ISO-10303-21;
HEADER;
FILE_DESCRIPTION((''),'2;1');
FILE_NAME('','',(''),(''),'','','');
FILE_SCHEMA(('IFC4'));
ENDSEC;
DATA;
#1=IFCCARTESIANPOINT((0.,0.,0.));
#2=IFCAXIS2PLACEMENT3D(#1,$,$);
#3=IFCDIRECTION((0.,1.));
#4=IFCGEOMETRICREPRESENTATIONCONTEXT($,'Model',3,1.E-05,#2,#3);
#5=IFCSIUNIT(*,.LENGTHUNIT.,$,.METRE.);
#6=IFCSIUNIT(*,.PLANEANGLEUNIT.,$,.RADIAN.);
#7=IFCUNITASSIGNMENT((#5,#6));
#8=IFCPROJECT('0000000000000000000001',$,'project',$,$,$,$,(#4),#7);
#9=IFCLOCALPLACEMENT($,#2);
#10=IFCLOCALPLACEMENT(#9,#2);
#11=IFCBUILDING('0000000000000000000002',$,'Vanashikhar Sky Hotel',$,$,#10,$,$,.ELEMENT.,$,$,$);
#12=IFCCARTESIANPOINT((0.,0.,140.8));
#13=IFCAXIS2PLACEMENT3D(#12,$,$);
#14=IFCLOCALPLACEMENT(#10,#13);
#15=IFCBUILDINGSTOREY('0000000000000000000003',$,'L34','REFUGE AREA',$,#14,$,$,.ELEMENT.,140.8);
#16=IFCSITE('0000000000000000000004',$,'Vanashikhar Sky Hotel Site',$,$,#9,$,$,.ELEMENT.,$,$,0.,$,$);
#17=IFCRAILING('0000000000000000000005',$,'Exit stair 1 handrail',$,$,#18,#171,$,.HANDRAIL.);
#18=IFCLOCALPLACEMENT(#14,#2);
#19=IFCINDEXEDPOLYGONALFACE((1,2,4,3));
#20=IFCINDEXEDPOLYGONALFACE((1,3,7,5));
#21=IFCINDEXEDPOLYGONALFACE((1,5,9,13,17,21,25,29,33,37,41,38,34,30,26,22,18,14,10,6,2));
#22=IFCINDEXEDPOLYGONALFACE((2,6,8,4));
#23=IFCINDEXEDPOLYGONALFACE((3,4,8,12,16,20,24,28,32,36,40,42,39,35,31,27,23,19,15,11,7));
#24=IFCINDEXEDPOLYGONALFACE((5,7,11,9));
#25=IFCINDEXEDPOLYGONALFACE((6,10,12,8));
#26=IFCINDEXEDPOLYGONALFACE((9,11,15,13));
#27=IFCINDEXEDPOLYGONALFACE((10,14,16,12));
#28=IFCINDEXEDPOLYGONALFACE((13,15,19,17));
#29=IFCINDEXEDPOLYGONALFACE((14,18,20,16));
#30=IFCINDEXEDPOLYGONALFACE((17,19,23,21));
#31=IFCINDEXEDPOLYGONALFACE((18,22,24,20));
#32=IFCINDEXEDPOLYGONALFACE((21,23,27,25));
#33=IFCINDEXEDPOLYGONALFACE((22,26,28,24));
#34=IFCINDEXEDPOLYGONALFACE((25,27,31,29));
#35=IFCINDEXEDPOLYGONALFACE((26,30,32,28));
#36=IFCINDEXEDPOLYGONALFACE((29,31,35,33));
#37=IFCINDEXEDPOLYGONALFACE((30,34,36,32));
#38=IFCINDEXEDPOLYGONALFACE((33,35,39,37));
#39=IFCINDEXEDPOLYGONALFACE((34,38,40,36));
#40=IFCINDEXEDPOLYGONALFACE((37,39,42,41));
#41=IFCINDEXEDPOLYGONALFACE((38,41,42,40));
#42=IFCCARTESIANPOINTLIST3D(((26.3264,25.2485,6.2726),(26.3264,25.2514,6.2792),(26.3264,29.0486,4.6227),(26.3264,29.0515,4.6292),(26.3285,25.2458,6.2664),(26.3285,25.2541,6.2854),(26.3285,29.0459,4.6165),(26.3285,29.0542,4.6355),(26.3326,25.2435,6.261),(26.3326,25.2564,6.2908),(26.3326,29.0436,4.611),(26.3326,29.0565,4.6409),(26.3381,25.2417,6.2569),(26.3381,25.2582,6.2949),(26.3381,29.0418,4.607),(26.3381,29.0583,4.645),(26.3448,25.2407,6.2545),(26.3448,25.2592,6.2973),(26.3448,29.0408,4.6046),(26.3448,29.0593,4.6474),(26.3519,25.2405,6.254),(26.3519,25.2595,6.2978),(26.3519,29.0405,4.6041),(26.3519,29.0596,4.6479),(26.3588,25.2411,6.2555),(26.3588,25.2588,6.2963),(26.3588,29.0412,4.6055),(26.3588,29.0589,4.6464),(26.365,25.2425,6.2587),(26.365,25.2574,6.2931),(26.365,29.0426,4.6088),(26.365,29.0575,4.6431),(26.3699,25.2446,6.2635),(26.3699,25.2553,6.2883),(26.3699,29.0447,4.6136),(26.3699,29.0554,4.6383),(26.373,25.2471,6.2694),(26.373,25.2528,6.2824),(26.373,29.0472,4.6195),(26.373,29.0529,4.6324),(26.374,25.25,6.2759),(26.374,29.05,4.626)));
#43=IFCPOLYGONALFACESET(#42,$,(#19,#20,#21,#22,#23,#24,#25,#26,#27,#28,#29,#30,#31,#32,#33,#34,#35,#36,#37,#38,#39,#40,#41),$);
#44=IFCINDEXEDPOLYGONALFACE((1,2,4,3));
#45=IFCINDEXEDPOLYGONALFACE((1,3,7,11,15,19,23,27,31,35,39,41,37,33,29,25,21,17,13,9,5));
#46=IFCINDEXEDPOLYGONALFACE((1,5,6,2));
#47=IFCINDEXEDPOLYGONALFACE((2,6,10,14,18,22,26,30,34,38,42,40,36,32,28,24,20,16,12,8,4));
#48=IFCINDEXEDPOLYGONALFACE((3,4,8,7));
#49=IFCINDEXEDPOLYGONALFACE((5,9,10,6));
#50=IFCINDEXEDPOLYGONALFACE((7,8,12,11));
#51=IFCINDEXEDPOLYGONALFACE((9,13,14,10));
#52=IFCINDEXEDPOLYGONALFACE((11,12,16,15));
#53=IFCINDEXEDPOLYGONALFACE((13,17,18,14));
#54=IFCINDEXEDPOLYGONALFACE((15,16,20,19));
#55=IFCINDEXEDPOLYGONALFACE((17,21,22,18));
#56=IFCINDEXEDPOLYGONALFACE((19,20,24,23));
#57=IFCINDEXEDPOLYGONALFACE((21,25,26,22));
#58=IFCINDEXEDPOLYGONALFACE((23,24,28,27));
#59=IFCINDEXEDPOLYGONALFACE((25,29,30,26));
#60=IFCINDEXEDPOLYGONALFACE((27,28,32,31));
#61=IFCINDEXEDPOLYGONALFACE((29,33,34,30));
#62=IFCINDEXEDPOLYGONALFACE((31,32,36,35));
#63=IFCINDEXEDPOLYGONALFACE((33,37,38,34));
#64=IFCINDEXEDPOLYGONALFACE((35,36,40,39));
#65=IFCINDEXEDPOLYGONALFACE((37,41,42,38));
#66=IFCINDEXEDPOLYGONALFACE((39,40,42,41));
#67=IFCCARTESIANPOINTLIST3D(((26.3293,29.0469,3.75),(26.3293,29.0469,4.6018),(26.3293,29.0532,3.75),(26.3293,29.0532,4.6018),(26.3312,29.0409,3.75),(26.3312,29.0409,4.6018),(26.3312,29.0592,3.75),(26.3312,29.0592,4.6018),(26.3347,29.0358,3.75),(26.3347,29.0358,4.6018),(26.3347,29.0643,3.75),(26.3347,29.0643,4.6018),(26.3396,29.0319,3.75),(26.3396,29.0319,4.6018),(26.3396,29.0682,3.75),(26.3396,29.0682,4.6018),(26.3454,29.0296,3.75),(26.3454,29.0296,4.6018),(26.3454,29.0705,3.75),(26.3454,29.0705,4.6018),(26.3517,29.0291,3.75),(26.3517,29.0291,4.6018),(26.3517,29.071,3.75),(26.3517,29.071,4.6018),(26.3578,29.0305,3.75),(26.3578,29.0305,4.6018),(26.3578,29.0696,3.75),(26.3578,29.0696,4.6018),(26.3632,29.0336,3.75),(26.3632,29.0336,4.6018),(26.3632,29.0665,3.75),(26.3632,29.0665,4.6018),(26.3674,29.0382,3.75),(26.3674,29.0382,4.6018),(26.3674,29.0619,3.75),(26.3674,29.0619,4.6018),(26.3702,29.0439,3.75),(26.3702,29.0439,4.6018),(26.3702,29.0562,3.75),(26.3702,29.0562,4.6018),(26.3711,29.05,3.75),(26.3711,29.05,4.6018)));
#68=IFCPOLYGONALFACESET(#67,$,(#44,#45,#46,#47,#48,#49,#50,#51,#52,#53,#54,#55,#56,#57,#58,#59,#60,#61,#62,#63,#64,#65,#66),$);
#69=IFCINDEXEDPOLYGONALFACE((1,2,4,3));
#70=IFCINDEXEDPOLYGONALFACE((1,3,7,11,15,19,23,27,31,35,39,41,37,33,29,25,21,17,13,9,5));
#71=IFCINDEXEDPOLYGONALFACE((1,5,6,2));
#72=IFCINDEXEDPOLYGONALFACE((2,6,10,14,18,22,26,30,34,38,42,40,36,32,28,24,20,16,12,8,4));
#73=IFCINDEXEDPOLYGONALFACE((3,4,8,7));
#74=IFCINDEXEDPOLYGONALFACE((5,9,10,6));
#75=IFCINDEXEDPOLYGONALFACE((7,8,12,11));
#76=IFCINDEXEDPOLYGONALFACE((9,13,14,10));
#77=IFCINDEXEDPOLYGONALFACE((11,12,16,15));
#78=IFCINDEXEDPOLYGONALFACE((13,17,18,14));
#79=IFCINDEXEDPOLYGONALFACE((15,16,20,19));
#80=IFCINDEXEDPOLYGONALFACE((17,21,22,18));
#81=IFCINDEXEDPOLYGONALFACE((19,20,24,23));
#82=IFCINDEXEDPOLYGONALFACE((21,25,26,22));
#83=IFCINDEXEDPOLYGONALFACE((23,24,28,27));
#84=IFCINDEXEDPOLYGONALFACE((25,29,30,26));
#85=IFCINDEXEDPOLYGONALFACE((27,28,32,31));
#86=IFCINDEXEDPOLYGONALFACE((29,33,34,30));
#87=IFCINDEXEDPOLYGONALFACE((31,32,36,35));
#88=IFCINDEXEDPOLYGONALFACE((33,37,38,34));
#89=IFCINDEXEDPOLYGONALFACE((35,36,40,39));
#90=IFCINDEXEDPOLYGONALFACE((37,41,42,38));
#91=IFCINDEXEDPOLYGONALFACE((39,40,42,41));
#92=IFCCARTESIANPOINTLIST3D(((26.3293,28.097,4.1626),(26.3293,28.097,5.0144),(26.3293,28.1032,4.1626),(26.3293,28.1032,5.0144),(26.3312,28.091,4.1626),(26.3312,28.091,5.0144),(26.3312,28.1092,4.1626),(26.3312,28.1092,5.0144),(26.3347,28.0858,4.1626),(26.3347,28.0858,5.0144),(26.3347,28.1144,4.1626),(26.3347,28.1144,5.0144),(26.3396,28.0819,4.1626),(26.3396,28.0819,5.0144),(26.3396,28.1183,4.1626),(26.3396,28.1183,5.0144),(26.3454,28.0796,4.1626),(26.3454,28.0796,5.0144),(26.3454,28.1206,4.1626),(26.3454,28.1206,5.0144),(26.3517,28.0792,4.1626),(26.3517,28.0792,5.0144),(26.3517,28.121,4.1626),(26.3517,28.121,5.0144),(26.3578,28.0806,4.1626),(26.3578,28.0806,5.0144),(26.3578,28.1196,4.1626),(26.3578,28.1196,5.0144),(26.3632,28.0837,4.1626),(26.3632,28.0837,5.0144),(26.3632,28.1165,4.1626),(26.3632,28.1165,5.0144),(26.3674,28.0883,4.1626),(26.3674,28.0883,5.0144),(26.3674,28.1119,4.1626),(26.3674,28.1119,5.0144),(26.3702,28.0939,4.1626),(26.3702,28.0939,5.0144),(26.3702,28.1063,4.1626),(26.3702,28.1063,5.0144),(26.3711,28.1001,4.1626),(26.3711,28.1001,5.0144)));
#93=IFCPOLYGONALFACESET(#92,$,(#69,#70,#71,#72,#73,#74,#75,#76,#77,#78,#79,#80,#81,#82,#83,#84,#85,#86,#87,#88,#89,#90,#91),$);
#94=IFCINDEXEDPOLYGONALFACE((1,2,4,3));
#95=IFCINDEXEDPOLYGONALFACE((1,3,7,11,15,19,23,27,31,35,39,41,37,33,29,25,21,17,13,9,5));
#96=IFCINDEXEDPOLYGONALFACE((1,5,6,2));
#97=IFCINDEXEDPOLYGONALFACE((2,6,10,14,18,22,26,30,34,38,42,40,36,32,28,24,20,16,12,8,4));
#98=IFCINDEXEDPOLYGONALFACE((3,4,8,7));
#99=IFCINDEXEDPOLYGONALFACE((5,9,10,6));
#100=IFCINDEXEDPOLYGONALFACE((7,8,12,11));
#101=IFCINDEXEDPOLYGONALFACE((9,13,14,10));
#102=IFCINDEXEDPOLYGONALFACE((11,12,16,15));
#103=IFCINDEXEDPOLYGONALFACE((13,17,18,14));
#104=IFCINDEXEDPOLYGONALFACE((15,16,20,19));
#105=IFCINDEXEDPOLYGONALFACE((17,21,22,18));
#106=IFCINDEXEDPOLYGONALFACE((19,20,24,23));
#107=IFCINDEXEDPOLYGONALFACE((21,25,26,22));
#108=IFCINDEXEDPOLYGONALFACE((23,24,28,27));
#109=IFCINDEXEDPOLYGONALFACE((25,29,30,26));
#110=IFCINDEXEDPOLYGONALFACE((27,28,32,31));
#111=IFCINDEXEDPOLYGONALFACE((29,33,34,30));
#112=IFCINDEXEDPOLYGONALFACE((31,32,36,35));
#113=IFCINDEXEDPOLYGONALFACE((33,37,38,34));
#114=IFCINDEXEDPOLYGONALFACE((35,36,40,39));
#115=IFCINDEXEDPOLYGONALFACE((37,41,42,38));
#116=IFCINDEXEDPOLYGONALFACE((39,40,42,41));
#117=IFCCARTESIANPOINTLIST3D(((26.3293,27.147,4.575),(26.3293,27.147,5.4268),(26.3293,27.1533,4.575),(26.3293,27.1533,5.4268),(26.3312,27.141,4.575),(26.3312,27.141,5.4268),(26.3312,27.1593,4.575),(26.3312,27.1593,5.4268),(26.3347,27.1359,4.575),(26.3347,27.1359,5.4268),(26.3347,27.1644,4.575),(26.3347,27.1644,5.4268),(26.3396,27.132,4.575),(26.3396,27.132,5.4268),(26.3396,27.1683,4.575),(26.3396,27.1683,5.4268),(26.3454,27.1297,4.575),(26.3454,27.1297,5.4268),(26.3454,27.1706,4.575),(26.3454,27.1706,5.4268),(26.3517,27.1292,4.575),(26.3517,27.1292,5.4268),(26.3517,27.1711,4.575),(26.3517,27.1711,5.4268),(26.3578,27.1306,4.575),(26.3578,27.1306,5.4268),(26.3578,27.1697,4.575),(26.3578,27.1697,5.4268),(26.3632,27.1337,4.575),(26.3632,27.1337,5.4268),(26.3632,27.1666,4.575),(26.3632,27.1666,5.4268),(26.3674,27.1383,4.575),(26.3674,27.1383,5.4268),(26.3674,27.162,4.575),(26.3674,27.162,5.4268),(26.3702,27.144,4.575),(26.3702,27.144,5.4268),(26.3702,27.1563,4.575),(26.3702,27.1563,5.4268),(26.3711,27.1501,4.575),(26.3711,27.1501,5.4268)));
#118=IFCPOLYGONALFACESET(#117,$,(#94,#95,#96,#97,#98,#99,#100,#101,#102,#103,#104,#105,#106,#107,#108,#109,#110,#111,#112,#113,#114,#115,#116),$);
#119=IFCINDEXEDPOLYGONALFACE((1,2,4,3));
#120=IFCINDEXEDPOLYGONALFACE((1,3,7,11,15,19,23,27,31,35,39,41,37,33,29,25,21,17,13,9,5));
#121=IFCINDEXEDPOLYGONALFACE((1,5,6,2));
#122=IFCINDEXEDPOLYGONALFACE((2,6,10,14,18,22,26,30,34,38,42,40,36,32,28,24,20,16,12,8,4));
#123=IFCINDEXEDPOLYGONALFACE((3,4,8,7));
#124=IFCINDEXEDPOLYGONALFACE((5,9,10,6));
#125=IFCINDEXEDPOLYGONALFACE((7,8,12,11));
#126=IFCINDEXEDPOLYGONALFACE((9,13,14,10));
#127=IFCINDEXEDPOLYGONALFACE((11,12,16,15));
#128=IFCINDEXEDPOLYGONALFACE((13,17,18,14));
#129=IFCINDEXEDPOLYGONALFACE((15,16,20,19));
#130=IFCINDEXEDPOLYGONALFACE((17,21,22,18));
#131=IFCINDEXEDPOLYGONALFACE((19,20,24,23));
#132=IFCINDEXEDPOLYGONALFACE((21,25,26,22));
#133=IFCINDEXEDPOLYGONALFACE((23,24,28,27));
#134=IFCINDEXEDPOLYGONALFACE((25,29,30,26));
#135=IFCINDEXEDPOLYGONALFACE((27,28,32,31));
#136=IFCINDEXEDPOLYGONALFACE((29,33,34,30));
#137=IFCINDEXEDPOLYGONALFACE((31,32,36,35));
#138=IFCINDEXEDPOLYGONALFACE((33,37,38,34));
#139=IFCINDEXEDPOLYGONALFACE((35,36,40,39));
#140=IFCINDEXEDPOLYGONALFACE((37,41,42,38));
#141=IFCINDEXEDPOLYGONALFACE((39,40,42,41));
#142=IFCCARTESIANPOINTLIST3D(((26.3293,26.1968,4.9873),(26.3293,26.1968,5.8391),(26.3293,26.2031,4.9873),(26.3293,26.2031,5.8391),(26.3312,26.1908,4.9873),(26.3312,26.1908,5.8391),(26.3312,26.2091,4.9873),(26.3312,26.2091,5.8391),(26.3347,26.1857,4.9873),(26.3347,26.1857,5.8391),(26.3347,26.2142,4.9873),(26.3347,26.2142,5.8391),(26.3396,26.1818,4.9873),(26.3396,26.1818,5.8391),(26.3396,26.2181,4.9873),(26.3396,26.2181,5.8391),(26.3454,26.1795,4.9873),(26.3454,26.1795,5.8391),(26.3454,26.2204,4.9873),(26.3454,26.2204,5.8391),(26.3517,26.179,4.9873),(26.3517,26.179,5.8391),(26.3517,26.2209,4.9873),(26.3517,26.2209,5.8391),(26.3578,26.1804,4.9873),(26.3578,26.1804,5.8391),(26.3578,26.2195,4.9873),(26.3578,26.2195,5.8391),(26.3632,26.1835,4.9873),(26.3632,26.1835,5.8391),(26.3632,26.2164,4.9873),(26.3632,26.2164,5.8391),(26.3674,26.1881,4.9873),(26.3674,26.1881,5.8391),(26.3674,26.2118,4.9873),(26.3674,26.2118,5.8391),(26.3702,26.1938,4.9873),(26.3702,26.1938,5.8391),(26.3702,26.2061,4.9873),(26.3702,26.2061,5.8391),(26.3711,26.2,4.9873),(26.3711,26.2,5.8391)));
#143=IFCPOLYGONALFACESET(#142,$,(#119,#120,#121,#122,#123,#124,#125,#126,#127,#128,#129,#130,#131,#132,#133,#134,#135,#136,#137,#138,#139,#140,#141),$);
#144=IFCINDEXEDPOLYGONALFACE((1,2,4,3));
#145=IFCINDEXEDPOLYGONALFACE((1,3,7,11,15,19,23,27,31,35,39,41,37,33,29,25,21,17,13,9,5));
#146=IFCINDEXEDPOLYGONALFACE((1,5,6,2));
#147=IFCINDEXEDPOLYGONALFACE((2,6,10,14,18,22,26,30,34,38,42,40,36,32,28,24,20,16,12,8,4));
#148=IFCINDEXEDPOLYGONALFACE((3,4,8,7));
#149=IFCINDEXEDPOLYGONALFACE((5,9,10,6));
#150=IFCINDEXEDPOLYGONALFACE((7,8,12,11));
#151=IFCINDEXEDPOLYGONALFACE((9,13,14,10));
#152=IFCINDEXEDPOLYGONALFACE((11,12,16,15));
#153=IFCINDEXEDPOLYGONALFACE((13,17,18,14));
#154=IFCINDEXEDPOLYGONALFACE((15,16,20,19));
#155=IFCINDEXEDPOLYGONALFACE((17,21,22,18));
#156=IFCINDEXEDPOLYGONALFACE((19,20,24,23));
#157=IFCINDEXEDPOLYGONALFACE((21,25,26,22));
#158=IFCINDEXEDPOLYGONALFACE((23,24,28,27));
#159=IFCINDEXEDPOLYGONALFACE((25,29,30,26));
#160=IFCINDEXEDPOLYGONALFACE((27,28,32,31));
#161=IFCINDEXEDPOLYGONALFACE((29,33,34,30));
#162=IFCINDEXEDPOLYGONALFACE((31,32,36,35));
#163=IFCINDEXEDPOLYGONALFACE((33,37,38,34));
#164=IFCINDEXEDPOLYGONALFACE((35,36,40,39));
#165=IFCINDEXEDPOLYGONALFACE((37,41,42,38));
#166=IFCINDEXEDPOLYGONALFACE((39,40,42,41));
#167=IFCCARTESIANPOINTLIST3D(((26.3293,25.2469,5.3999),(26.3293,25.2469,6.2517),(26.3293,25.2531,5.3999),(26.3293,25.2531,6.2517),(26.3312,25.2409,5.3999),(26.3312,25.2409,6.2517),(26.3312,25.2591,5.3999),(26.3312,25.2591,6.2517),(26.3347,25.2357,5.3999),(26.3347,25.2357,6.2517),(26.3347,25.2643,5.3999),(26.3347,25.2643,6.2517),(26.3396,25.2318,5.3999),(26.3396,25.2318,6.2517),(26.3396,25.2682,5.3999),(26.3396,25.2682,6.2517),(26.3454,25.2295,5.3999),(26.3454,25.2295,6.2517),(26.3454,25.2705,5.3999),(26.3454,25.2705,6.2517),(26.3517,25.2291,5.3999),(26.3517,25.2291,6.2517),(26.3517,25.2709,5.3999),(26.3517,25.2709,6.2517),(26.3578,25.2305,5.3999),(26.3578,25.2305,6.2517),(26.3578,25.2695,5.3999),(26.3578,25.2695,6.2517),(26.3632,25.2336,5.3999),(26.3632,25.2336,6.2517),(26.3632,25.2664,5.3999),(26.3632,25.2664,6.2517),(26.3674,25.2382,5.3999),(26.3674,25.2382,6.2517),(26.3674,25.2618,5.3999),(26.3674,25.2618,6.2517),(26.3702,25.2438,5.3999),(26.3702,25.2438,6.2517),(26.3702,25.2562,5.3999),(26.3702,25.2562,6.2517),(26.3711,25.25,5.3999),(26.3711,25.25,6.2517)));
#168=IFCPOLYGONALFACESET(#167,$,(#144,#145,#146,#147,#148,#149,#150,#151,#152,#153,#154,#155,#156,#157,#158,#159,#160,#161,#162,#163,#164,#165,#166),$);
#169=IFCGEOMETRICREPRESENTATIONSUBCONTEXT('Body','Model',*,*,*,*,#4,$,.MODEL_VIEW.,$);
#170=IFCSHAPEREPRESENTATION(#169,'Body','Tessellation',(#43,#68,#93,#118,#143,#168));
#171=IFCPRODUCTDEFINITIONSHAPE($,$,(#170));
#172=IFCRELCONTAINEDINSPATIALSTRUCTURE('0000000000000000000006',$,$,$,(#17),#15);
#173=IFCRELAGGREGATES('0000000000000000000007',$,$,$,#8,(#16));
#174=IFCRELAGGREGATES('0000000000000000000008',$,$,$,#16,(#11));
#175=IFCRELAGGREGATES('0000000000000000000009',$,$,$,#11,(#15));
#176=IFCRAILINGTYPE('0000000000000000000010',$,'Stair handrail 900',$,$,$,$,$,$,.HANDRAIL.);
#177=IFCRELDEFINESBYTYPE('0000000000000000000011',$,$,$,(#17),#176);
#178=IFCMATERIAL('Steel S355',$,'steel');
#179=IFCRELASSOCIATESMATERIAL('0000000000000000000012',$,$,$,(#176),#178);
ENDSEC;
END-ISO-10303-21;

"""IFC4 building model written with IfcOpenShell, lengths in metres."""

from ifc_helpers import new_model, si_unit, direction, frame, origin, origin_2d, place, context, subcontext, project, spatial, circle, extrude, source, transform, mapped, material, type_object, element, save


model = new_model("IFC4")

# Units and contexts
model_context = context("Model", 3, precision=1e-05, world=origin(), true_north=direction((0.0, 1.0)))
body_context = subcontext(model_context, "Body", "Model", "MODEL_VIEW")
ifc_project = project(units=[si_unit("LENGTHUNIT", "METRE"), si_unit("PLANEANGLEUNIT", "RADIAN")], contexts=[model_context])

# Site, building, storey
site_placement = place(None, origin())
site = spatial("IfcSite", under=ifc_project, at=site_placement, Name="Vanashikhar Sky Hotel Site", CompositionType="ELEMENT", RefElevation=0.0)
building_placement = place(site_placement, origin())
building = spatial("IfcBuilding", under=site, at=building_placement, Name="Vanashikhar Sky Hotel", CompositionType="ELEMENT")
storey_placement = place(building_placement, frame((0.0, 0.0, 140.8)))
storey = spatial("IfcBuildingStorey", under=building, at=storey_placement, Name="L34", Description="REFUGE AREA", CompositionType="ELEMENT", Elevation=140.8)

# Railing
ifc_material_1 = material(Name="Steel S355", Category="steel")
railing_type_1 = type_object("IfcRailingType", Name="Stair handrail 900", PredefinedType="HANDRAIL", material=ifc_material_1)
shared_shape_1 = source(origin(), body_context, "Body", "SweptSolid", [
    extrude(circle(Radius=0.0239, at=origin_2d()), frame((0.0, 0.0, 0.876), z_axis=(0.0, -0.917272, 0.398261), x_axis=(1.0, 0.0, 0.0)), (0.0, 0.0, 1.0), 4.1428),
    extrude(circle(Radius=0.021, at=origin_2d()), origin(), (0.0, 0.0, 1.0), 0.8518),
    extrude(circle(Radius=0.021, at=origin_2d()), frame((0.0, -0.95, 0.4126)), (0.0, 0.0, 1.0), 0.8518),
    extrude(circle(Radius=0.021, at=origin_2d()), frame((0.0, -1.8999, 0.825)), (0.0, 0.0, 1.0), 0.8518),
    extrude(circle(Radius=0.021, at=origin_2d()), frame((0.0, -2.8501, 1.2373)), (0.0, 0.0, 1.0), 0.8518),
    extrude(circle(Radius=0.021, at=origin_2d()), frame((0.0, -3.8, 1.6499)), (0.0, 0.0, 1.0), 0.8518),
])
railing_1_placement = place(storey_placement, frame((26.3501, 29.05, 3.75)))
element("IfcRailing", 1, at=railing_1_placement, inside=storey, type_object=railing_type_1, Name="Exit stair 1 handrail", PredefinedType="HANDRAIL", context=body_context, shape_type="MappedRepresentation", body=[
    mapped(shared_shape_1, transform((0.0, 0.0, 0.0), scale=1.0)),
])

save(model, "model.ifc")
